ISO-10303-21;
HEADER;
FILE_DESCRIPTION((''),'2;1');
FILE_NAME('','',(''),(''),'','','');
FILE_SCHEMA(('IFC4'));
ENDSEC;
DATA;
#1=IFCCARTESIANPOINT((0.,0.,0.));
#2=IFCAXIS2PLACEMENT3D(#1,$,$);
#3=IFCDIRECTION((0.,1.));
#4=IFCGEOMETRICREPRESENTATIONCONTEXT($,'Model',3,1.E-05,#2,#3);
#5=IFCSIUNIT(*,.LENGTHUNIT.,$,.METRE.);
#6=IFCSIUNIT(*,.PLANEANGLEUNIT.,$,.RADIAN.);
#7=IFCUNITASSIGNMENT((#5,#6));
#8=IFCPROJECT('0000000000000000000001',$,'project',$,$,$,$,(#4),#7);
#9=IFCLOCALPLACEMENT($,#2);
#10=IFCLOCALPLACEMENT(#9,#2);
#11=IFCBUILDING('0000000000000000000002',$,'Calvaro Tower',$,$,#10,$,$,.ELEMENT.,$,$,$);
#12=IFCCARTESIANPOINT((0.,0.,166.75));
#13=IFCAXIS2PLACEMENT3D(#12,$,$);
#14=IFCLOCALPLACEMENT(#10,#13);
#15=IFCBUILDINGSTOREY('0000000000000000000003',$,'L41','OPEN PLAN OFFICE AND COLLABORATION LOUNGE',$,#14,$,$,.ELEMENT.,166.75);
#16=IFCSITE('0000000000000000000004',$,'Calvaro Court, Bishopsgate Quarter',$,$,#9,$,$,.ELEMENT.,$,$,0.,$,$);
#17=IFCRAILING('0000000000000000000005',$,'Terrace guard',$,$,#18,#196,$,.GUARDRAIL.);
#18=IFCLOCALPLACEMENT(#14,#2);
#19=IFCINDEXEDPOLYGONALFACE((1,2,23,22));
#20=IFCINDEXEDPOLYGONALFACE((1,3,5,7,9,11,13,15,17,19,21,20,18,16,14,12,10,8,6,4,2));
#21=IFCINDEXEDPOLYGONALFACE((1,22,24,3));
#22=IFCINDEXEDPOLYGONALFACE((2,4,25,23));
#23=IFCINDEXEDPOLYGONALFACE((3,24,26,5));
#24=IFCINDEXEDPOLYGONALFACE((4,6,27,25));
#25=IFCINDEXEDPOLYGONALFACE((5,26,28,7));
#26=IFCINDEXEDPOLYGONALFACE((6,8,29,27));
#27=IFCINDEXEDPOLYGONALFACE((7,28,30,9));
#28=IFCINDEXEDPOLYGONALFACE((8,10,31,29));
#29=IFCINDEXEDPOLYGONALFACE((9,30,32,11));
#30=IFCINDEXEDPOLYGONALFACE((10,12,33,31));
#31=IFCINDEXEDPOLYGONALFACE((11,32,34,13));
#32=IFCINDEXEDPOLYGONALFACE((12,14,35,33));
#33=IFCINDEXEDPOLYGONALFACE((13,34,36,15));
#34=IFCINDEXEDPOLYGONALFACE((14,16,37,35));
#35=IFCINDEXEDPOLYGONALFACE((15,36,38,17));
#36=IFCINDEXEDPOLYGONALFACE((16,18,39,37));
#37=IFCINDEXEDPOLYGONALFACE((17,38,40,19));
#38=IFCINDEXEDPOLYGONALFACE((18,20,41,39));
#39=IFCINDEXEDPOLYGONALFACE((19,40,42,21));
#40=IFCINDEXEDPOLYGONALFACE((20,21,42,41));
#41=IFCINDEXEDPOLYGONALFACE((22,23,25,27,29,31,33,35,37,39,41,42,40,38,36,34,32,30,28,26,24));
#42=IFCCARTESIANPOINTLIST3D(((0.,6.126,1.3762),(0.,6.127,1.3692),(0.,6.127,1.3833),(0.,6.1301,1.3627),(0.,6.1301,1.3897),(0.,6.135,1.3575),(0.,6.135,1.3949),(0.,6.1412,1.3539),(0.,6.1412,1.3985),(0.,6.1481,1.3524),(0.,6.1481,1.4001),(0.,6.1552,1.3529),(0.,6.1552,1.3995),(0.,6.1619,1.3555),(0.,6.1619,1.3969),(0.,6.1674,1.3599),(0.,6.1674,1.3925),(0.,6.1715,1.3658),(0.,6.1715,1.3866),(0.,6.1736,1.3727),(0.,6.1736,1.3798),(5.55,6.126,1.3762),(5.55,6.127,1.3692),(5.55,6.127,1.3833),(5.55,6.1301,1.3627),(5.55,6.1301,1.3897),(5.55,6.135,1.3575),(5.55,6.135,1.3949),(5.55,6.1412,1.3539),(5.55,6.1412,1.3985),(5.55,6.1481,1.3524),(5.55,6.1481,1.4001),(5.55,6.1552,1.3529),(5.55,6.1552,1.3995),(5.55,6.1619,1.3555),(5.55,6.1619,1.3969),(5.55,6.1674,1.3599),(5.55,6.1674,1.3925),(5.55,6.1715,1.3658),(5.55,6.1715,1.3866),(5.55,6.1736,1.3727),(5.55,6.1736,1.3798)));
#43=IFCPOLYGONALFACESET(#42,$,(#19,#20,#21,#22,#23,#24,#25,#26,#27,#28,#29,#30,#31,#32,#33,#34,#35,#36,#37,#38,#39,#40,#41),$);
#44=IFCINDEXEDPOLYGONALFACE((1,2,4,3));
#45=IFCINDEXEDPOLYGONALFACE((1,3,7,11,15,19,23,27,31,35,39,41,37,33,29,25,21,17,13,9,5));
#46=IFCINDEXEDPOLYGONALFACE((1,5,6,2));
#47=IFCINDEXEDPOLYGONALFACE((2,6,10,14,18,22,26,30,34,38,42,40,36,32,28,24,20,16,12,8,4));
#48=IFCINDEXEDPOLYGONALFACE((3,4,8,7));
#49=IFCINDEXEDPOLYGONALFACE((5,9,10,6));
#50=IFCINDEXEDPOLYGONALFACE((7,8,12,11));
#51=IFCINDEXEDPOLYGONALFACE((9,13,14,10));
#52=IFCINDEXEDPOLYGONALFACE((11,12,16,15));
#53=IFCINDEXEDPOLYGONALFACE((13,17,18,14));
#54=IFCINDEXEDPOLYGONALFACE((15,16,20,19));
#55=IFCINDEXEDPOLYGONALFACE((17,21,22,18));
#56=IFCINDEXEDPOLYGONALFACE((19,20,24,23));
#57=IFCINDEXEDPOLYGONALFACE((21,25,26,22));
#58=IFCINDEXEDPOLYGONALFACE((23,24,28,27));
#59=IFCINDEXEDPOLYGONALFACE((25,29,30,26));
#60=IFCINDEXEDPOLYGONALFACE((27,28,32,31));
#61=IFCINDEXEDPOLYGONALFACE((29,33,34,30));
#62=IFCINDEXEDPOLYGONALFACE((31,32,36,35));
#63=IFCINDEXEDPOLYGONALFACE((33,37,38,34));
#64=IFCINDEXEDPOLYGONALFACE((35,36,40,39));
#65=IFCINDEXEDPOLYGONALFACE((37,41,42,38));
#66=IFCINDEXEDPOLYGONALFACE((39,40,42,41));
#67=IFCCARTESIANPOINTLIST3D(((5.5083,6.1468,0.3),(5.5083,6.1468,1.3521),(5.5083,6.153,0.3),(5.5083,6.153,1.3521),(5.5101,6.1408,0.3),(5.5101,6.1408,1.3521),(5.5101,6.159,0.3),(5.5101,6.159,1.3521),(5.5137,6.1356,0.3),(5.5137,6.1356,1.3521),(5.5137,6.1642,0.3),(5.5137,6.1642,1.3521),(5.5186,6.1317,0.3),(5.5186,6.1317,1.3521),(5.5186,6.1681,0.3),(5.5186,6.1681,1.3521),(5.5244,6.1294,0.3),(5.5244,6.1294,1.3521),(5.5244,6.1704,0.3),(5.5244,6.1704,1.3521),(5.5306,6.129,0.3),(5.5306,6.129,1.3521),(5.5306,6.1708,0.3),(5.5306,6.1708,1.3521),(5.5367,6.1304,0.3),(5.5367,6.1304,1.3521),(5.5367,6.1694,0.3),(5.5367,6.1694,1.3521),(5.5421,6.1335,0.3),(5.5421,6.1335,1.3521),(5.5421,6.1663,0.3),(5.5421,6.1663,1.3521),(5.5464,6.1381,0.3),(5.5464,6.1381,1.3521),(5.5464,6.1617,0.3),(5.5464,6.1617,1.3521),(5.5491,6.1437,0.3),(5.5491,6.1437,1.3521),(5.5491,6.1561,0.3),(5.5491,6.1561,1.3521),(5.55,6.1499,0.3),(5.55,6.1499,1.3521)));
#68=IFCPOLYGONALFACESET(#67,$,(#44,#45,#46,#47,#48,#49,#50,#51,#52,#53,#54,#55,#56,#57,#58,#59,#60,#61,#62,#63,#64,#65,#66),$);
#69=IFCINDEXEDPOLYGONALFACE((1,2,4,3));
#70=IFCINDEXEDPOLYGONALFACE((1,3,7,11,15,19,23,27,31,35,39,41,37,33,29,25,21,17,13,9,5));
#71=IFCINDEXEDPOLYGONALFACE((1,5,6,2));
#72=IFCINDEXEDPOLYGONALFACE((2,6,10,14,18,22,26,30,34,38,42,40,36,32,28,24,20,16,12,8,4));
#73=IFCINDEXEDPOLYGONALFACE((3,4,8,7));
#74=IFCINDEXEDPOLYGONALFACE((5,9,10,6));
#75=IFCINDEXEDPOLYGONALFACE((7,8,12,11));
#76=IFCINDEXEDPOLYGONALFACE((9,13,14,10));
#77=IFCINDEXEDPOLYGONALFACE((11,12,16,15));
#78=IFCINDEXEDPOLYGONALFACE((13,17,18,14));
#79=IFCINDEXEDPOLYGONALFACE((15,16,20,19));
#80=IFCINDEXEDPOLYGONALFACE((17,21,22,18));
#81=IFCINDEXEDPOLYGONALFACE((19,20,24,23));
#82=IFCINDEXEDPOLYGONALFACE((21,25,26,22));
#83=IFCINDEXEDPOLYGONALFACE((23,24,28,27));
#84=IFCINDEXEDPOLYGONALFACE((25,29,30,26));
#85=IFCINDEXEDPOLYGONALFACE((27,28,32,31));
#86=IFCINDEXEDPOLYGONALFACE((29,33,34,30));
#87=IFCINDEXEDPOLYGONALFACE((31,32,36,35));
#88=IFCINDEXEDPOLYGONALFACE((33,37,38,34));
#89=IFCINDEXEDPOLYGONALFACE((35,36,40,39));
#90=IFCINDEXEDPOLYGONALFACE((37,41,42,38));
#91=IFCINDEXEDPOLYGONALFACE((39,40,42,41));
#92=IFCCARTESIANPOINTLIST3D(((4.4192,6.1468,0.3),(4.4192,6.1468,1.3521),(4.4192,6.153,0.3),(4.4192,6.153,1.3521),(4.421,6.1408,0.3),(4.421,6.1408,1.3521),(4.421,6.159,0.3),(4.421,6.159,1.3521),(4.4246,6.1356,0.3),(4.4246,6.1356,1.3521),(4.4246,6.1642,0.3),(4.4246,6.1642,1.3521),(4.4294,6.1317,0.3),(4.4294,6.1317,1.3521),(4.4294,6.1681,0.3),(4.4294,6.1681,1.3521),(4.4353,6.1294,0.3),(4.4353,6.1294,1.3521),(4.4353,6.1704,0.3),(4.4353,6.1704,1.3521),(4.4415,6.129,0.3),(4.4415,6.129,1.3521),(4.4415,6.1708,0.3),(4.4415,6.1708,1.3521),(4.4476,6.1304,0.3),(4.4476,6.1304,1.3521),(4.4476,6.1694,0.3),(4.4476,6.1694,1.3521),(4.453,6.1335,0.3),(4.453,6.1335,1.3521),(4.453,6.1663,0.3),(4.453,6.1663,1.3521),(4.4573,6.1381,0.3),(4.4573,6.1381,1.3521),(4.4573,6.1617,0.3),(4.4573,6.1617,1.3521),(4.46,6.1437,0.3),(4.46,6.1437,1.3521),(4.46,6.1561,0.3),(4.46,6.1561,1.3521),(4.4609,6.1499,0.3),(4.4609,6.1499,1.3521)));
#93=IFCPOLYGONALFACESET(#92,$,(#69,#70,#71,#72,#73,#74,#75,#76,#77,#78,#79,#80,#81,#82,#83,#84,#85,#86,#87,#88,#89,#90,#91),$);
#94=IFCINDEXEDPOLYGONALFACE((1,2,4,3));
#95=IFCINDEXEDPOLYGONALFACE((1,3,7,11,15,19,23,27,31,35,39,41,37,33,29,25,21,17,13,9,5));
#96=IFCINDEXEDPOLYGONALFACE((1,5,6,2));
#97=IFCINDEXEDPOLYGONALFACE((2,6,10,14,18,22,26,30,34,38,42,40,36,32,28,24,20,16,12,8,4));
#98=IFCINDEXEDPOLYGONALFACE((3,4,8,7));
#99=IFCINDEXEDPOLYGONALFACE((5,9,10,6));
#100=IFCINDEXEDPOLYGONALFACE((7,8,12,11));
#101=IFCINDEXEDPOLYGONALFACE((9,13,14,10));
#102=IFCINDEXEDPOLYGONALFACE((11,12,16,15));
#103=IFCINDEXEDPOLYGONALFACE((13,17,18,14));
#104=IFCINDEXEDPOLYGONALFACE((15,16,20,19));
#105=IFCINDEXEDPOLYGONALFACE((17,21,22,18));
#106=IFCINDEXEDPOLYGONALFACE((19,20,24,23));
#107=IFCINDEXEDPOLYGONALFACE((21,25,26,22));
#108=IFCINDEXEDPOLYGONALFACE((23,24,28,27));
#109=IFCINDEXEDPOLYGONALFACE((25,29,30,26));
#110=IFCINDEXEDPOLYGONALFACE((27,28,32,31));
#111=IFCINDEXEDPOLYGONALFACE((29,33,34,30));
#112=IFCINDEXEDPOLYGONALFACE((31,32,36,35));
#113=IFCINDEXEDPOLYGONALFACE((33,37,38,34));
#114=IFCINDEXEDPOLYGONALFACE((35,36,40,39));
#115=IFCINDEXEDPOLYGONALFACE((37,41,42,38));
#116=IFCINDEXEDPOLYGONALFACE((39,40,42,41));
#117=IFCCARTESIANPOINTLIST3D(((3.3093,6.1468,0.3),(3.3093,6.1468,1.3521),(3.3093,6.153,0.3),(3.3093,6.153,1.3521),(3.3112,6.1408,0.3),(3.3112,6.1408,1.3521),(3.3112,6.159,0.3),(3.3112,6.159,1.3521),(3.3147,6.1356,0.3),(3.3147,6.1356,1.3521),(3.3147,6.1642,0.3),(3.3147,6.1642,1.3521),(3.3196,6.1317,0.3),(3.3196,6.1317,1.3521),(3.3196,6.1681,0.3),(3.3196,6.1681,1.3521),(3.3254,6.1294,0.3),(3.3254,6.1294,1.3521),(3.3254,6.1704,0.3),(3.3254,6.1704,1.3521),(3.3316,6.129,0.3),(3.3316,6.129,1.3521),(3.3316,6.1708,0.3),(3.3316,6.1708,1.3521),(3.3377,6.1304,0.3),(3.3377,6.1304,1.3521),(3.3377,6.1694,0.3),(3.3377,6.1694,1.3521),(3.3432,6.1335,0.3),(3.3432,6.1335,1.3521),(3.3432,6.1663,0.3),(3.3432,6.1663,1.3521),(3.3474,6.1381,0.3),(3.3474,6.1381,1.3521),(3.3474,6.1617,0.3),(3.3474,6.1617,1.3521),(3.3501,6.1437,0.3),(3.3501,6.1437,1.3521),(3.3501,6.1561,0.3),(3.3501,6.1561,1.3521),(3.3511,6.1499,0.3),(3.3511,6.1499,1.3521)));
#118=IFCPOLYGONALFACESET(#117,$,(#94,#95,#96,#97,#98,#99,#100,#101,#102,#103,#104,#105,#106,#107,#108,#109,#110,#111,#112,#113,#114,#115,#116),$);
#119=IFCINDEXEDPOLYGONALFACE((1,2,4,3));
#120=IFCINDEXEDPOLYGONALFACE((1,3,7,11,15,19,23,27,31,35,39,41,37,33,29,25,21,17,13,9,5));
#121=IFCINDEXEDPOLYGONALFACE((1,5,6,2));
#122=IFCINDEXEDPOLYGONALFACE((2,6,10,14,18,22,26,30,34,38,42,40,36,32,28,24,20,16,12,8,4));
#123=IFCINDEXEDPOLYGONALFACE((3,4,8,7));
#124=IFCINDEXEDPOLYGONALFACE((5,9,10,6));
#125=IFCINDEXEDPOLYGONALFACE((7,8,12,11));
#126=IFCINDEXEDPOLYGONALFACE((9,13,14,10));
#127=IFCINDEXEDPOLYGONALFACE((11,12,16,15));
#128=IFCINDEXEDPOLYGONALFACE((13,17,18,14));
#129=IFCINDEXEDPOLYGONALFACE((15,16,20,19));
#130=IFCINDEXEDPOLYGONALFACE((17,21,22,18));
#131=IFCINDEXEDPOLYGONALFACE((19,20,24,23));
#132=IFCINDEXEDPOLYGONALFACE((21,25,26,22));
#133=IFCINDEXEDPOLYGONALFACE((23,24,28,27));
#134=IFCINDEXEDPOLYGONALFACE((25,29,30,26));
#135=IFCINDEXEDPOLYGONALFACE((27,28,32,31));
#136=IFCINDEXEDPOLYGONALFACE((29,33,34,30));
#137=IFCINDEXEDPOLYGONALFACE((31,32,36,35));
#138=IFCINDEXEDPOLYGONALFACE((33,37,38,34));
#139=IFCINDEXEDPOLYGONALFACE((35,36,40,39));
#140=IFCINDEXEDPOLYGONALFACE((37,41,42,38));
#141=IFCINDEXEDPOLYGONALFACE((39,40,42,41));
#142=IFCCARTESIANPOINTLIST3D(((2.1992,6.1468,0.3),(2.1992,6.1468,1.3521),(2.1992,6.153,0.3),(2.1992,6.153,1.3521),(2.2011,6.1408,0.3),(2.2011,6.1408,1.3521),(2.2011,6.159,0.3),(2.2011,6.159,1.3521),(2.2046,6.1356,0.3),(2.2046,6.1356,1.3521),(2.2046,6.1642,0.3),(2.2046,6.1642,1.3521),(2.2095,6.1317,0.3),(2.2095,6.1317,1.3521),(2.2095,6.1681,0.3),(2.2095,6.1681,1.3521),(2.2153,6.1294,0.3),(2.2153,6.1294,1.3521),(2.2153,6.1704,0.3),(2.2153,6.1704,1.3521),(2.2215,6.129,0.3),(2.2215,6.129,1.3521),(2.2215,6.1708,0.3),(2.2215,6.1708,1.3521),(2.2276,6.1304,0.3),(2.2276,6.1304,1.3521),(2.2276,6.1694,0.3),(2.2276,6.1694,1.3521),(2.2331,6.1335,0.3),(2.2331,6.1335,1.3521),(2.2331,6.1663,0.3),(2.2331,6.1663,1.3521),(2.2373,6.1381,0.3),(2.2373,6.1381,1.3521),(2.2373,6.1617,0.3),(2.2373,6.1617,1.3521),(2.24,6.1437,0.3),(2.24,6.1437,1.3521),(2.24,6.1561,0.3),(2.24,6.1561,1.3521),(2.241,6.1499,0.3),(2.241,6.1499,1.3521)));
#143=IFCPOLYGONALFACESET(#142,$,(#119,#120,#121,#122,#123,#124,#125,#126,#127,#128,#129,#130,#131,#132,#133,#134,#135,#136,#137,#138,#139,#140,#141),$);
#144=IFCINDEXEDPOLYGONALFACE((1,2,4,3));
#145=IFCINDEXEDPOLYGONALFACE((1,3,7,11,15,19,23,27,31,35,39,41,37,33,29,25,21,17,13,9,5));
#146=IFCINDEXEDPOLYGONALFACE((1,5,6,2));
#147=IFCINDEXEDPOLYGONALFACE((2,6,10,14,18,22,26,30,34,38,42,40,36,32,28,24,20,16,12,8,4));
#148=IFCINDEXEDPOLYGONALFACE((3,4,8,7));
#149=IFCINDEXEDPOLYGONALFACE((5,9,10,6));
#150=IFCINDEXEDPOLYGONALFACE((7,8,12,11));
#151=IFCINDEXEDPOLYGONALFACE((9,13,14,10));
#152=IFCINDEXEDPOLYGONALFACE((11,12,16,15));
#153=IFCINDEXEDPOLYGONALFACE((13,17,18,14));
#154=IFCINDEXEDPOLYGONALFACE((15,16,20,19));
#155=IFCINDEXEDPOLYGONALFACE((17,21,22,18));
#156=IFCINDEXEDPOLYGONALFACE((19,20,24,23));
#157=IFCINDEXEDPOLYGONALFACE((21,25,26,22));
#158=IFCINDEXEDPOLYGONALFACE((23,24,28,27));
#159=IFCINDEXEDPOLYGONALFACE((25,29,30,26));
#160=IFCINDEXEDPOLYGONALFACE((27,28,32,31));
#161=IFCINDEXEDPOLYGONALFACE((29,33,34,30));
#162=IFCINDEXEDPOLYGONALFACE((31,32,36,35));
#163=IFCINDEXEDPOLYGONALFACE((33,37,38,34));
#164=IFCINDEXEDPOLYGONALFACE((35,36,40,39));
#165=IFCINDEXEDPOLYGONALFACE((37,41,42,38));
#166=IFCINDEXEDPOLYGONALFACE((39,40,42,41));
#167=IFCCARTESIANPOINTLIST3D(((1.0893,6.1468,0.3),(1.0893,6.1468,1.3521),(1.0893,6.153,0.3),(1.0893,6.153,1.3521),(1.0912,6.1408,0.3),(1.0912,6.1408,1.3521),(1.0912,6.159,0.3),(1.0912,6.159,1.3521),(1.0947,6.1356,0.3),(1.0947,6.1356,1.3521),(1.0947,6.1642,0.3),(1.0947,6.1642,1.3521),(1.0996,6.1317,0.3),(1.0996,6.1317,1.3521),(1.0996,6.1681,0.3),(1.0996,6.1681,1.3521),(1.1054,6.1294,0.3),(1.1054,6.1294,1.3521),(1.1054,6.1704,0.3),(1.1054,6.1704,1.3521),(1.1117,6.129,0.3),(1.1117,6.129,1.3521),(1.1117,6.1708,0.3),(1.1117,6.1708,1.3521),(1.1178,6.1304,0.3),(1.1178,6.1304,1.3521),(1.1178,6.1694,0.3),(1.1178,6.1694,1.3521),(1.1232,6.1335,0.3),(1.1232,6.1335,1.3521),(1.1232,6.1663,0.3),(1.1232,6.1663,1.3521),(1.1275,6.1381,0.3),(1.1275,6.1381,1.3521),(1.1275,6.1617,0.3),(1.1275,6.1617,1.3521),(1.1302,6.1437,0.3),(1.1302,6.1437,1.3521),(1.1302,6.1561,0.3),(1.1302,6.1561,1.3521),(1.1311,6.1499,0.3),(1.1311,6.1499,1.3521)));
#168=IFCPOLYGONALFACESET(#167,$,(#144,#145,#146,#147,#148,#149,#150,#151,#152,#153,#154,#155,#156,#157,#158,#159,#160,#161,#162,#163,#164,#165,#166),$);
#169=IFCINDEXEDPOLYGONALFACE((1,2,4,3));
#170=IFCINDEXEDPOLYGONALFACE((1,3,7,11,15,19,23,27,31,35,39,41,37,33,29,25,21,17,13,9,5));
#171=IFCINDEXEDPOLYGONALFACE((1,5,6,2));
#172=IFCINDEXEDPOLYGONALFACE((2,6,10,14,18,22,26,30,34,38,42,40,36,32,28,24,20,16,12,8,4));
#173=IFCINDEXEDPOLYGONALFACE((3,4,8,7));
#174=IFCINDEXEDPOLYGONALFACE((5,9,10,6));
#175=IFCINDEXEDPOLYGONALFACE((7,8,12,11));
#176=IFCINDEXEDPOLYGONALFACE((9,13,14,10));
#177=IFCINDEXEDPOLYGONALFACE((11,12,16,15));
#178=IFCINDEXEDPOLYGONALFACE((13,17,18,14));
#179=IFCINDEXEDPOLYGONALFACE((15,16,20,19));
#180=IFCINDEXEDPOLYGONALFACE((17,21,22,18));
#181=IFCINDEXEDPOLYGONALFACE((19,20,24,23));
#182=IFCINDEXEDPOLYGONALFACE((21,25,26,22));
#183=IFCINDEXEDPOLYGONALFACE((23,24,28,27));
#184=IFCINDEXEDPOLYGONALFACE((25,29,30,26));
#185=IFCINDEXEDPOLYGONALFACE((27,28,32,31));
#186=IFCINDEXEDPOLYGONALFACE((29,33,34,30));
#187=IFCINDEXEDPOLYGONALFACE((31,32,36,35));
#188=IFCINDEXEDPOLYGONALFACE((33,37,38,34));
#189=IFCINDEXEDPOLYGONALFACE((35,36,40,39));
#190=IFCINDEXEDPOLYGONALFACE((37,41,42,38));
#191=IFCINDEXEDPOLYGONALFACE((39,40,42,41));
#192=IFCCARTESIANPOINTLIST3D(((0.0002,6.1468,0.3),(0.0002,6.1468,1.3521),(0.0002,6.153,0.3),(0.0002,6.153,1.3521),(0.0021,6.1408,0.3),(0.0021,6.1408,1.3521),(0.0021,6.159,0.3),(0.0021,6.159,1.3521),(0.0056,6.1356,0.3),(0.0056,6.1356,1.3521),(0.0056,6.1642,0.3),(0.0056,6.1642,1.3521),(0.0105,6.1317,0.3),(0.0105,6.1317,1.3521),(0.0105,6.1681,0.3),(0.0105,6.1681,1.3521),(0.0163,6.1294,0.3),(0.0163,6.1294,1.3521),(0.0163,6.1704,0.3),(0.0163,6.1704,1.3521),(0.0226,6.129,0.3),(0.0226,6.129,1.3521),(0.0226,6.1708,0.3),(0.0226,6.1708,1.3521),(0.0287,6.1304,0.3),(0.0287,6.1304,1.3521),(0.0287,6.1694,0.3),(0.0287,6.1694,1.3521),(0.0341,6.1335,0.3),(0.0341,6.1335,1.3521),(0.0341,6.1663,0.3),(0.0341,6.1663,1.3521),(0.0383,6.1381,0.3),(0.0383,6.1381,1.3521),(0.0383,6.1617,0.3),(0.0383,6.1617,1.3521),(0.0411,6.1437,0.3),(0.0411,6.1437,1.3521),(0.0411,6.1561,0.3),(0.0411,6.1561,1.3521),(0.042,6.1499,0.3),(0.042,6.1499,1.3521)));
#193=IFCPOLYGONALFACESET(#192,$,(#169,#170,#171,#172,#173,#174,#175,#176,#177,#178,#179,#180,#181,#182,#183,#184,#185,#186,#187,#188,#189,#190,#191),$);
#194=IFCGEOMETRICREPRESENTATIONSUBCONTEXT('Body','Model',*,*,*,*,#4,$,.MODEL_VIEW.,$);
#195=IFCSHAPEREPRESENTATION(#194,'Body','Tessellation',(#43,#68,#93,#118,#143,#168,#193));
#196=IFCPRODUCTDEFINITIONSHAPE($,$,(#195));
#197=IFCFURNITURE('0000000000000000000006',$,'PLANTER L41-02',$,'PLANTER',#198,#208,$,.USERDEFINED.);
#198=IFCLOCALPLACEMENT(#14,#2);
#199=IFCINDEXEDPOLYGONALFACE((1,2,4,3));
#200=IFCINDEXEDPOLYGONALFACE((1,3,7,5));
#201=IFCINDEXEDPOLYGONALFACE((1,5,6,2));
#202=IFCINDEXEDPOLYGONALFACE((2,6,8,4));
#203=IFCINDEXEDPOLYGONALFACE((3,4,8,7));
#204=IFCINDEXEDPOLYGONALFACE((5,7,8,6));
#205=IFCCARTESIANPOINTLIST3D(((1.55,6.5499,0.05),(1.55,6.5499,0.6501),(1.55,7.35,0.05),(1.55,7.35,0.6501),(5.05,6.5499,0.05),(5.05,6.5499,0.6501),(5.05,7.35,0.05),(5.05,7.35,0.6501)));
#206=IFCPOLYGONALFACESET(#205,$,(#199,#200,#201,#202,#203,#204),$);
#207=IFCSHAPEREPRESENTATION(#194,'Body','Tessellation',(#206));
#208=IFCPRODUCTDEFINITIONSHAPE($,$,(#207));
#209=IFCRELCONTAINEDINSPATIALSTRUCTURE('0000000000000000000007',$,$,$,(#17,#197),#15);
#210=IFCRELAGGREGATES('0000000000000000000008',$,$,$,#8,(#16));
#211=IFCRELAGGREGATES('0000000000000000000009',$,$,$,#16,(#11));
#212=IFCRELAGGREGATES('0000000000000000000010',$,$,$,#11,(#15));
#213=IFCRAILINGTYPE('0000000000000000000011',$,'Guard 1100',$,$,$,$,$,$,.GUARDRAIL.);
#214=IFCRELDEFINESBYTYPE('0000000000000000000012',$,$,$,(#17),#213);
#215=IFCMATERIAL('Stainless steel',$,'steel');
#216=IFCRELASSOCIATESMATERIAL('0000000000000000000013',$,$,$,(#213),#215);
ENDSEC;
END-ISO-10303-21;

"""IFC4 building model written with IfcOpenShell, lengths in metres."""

from ifc_helpers import new_model, si_unit, direction, frame, origin, origin_2d, place, context, subcontext, project, spatial, rectangle, circle, extrude, material, type_object, element, save


model = new_model("IFC4")

# Units and contexts
model_context = context("Model", 3, precision=1e-05, world=origin(), true_north=direction((0.0, 1.0)))
body_context = subcontext(model_context, "Body", "Model", "MODEL_VIEW")
ifc_project = project(units=[si_unit("LENGTHUNIT", "METRE"), si_unit("PLANEANGLEUNIT", "RADIAN")], contexts=[model_context])

# Site, building, storey
site_placement = place(None, origin())
site = spatial("IfcSite", under=ifc_project, at=site_placement, Name="Calvaro Court, Bishopsgate Quarter", CompositionType="ELEMENT", RefElevation=0.0)
building_placement = place(site_placement, origin())
building = spatial("IfcBuilding", under=site, at=building_placement, Name="Calvaro Tower", CompositionType="ELEMENT")
storey_placement = place(building_placement, frame((0.0, 0.0, 166.75)))
storey = spatial("IfcBuildingStorey", under=building, at=storey_placement, Name="L41", Description="OPEN PLAN OFFICE AND COLLABORATION LOUNGE", CompositionType="ELEMENT", Elevation=166.75)

# Railing
ifc_material_1 = material(Name="Stainless steel", Category="steel")
railing_type = type_object("IfcRailingType", Name="Guard 1100", PredefinedType="GUARDRAIL", material=ifc_material_1)
railing_1_placement = place(storey_placement, frame((5.55, 6.1499, 0.3)))
element("IfcRailing", 1, at=railing_1_placement, inside=storey, type_object=railing_type, Name="Terrace guard", PredefinedType="GUARDRAIL", context=body_context, shape_type="SweptSolid", body=[
    extrude(circle(Radius=0.0239, at=origin_2d()), frame((0.0, 0.0, 1.0762), z_axis=(-1.0, 0.0, 0.0), x_axis=(0.0, -1.0, 0.0)), (0.0, 0.0, 1.0), 5.55),
    extrude(circle(Radius=0.021, at=origin_2d()), frame((-0.021, 0.0, 0.0)), (0.0, 0.0, 1.0), 1.052),
    extrude(circle(Radius=0.021, at=origin_2d()), frame((-1.1101, 0.0, 0.0)), (0.0, 0.0, 1.0), 1.052),
    extrude(circle(Radius=0.021, at=origin_2d()), frame((-2.22, 0.0, 0.0)), (0.0, 0.0, 1.0), 1.052),
    extrude(circle(Radius=0.021, at=origin_2d()), frame((-3.3301, 0.0, 0.0)), (0.0, 0.0, 1.0), 1.052),
    extrude(circle(Radius=0.021, at=origin_2d()), frame((-4.4399, 0.0, 0.0)), (0.0, 0.0, 1.0), 1.052),
    extrude(circle(Radius=0.021, at=origin_2d()), frame((-5.5291, 0.0, 0.0)), (0.0, 0.0, 1.0), 1.052),
])

# Furniture
furniture_1_placement = place(storey_placement, frame((3.3, 6.95, 0.05), z_axis=(0.0, 0.0, 1.0), x_axis=(1.0, 0.0, 0.0)))
element("IfcFurniture", 2, at=furniture_1_placement, inside=storey, Name="PLANTER L41-02", ObjectType="PLANTER", PredefinedType="USERDEFINED", context=body_context, shape_type="SweptSolid", body=[
    extrude(rectangle(XDim=3.5, YDim=0.8, at=origin_2d()), origin(), (0.0, 0.0, 1.0), 0.6001),
])

save(model, "model.ifc")
